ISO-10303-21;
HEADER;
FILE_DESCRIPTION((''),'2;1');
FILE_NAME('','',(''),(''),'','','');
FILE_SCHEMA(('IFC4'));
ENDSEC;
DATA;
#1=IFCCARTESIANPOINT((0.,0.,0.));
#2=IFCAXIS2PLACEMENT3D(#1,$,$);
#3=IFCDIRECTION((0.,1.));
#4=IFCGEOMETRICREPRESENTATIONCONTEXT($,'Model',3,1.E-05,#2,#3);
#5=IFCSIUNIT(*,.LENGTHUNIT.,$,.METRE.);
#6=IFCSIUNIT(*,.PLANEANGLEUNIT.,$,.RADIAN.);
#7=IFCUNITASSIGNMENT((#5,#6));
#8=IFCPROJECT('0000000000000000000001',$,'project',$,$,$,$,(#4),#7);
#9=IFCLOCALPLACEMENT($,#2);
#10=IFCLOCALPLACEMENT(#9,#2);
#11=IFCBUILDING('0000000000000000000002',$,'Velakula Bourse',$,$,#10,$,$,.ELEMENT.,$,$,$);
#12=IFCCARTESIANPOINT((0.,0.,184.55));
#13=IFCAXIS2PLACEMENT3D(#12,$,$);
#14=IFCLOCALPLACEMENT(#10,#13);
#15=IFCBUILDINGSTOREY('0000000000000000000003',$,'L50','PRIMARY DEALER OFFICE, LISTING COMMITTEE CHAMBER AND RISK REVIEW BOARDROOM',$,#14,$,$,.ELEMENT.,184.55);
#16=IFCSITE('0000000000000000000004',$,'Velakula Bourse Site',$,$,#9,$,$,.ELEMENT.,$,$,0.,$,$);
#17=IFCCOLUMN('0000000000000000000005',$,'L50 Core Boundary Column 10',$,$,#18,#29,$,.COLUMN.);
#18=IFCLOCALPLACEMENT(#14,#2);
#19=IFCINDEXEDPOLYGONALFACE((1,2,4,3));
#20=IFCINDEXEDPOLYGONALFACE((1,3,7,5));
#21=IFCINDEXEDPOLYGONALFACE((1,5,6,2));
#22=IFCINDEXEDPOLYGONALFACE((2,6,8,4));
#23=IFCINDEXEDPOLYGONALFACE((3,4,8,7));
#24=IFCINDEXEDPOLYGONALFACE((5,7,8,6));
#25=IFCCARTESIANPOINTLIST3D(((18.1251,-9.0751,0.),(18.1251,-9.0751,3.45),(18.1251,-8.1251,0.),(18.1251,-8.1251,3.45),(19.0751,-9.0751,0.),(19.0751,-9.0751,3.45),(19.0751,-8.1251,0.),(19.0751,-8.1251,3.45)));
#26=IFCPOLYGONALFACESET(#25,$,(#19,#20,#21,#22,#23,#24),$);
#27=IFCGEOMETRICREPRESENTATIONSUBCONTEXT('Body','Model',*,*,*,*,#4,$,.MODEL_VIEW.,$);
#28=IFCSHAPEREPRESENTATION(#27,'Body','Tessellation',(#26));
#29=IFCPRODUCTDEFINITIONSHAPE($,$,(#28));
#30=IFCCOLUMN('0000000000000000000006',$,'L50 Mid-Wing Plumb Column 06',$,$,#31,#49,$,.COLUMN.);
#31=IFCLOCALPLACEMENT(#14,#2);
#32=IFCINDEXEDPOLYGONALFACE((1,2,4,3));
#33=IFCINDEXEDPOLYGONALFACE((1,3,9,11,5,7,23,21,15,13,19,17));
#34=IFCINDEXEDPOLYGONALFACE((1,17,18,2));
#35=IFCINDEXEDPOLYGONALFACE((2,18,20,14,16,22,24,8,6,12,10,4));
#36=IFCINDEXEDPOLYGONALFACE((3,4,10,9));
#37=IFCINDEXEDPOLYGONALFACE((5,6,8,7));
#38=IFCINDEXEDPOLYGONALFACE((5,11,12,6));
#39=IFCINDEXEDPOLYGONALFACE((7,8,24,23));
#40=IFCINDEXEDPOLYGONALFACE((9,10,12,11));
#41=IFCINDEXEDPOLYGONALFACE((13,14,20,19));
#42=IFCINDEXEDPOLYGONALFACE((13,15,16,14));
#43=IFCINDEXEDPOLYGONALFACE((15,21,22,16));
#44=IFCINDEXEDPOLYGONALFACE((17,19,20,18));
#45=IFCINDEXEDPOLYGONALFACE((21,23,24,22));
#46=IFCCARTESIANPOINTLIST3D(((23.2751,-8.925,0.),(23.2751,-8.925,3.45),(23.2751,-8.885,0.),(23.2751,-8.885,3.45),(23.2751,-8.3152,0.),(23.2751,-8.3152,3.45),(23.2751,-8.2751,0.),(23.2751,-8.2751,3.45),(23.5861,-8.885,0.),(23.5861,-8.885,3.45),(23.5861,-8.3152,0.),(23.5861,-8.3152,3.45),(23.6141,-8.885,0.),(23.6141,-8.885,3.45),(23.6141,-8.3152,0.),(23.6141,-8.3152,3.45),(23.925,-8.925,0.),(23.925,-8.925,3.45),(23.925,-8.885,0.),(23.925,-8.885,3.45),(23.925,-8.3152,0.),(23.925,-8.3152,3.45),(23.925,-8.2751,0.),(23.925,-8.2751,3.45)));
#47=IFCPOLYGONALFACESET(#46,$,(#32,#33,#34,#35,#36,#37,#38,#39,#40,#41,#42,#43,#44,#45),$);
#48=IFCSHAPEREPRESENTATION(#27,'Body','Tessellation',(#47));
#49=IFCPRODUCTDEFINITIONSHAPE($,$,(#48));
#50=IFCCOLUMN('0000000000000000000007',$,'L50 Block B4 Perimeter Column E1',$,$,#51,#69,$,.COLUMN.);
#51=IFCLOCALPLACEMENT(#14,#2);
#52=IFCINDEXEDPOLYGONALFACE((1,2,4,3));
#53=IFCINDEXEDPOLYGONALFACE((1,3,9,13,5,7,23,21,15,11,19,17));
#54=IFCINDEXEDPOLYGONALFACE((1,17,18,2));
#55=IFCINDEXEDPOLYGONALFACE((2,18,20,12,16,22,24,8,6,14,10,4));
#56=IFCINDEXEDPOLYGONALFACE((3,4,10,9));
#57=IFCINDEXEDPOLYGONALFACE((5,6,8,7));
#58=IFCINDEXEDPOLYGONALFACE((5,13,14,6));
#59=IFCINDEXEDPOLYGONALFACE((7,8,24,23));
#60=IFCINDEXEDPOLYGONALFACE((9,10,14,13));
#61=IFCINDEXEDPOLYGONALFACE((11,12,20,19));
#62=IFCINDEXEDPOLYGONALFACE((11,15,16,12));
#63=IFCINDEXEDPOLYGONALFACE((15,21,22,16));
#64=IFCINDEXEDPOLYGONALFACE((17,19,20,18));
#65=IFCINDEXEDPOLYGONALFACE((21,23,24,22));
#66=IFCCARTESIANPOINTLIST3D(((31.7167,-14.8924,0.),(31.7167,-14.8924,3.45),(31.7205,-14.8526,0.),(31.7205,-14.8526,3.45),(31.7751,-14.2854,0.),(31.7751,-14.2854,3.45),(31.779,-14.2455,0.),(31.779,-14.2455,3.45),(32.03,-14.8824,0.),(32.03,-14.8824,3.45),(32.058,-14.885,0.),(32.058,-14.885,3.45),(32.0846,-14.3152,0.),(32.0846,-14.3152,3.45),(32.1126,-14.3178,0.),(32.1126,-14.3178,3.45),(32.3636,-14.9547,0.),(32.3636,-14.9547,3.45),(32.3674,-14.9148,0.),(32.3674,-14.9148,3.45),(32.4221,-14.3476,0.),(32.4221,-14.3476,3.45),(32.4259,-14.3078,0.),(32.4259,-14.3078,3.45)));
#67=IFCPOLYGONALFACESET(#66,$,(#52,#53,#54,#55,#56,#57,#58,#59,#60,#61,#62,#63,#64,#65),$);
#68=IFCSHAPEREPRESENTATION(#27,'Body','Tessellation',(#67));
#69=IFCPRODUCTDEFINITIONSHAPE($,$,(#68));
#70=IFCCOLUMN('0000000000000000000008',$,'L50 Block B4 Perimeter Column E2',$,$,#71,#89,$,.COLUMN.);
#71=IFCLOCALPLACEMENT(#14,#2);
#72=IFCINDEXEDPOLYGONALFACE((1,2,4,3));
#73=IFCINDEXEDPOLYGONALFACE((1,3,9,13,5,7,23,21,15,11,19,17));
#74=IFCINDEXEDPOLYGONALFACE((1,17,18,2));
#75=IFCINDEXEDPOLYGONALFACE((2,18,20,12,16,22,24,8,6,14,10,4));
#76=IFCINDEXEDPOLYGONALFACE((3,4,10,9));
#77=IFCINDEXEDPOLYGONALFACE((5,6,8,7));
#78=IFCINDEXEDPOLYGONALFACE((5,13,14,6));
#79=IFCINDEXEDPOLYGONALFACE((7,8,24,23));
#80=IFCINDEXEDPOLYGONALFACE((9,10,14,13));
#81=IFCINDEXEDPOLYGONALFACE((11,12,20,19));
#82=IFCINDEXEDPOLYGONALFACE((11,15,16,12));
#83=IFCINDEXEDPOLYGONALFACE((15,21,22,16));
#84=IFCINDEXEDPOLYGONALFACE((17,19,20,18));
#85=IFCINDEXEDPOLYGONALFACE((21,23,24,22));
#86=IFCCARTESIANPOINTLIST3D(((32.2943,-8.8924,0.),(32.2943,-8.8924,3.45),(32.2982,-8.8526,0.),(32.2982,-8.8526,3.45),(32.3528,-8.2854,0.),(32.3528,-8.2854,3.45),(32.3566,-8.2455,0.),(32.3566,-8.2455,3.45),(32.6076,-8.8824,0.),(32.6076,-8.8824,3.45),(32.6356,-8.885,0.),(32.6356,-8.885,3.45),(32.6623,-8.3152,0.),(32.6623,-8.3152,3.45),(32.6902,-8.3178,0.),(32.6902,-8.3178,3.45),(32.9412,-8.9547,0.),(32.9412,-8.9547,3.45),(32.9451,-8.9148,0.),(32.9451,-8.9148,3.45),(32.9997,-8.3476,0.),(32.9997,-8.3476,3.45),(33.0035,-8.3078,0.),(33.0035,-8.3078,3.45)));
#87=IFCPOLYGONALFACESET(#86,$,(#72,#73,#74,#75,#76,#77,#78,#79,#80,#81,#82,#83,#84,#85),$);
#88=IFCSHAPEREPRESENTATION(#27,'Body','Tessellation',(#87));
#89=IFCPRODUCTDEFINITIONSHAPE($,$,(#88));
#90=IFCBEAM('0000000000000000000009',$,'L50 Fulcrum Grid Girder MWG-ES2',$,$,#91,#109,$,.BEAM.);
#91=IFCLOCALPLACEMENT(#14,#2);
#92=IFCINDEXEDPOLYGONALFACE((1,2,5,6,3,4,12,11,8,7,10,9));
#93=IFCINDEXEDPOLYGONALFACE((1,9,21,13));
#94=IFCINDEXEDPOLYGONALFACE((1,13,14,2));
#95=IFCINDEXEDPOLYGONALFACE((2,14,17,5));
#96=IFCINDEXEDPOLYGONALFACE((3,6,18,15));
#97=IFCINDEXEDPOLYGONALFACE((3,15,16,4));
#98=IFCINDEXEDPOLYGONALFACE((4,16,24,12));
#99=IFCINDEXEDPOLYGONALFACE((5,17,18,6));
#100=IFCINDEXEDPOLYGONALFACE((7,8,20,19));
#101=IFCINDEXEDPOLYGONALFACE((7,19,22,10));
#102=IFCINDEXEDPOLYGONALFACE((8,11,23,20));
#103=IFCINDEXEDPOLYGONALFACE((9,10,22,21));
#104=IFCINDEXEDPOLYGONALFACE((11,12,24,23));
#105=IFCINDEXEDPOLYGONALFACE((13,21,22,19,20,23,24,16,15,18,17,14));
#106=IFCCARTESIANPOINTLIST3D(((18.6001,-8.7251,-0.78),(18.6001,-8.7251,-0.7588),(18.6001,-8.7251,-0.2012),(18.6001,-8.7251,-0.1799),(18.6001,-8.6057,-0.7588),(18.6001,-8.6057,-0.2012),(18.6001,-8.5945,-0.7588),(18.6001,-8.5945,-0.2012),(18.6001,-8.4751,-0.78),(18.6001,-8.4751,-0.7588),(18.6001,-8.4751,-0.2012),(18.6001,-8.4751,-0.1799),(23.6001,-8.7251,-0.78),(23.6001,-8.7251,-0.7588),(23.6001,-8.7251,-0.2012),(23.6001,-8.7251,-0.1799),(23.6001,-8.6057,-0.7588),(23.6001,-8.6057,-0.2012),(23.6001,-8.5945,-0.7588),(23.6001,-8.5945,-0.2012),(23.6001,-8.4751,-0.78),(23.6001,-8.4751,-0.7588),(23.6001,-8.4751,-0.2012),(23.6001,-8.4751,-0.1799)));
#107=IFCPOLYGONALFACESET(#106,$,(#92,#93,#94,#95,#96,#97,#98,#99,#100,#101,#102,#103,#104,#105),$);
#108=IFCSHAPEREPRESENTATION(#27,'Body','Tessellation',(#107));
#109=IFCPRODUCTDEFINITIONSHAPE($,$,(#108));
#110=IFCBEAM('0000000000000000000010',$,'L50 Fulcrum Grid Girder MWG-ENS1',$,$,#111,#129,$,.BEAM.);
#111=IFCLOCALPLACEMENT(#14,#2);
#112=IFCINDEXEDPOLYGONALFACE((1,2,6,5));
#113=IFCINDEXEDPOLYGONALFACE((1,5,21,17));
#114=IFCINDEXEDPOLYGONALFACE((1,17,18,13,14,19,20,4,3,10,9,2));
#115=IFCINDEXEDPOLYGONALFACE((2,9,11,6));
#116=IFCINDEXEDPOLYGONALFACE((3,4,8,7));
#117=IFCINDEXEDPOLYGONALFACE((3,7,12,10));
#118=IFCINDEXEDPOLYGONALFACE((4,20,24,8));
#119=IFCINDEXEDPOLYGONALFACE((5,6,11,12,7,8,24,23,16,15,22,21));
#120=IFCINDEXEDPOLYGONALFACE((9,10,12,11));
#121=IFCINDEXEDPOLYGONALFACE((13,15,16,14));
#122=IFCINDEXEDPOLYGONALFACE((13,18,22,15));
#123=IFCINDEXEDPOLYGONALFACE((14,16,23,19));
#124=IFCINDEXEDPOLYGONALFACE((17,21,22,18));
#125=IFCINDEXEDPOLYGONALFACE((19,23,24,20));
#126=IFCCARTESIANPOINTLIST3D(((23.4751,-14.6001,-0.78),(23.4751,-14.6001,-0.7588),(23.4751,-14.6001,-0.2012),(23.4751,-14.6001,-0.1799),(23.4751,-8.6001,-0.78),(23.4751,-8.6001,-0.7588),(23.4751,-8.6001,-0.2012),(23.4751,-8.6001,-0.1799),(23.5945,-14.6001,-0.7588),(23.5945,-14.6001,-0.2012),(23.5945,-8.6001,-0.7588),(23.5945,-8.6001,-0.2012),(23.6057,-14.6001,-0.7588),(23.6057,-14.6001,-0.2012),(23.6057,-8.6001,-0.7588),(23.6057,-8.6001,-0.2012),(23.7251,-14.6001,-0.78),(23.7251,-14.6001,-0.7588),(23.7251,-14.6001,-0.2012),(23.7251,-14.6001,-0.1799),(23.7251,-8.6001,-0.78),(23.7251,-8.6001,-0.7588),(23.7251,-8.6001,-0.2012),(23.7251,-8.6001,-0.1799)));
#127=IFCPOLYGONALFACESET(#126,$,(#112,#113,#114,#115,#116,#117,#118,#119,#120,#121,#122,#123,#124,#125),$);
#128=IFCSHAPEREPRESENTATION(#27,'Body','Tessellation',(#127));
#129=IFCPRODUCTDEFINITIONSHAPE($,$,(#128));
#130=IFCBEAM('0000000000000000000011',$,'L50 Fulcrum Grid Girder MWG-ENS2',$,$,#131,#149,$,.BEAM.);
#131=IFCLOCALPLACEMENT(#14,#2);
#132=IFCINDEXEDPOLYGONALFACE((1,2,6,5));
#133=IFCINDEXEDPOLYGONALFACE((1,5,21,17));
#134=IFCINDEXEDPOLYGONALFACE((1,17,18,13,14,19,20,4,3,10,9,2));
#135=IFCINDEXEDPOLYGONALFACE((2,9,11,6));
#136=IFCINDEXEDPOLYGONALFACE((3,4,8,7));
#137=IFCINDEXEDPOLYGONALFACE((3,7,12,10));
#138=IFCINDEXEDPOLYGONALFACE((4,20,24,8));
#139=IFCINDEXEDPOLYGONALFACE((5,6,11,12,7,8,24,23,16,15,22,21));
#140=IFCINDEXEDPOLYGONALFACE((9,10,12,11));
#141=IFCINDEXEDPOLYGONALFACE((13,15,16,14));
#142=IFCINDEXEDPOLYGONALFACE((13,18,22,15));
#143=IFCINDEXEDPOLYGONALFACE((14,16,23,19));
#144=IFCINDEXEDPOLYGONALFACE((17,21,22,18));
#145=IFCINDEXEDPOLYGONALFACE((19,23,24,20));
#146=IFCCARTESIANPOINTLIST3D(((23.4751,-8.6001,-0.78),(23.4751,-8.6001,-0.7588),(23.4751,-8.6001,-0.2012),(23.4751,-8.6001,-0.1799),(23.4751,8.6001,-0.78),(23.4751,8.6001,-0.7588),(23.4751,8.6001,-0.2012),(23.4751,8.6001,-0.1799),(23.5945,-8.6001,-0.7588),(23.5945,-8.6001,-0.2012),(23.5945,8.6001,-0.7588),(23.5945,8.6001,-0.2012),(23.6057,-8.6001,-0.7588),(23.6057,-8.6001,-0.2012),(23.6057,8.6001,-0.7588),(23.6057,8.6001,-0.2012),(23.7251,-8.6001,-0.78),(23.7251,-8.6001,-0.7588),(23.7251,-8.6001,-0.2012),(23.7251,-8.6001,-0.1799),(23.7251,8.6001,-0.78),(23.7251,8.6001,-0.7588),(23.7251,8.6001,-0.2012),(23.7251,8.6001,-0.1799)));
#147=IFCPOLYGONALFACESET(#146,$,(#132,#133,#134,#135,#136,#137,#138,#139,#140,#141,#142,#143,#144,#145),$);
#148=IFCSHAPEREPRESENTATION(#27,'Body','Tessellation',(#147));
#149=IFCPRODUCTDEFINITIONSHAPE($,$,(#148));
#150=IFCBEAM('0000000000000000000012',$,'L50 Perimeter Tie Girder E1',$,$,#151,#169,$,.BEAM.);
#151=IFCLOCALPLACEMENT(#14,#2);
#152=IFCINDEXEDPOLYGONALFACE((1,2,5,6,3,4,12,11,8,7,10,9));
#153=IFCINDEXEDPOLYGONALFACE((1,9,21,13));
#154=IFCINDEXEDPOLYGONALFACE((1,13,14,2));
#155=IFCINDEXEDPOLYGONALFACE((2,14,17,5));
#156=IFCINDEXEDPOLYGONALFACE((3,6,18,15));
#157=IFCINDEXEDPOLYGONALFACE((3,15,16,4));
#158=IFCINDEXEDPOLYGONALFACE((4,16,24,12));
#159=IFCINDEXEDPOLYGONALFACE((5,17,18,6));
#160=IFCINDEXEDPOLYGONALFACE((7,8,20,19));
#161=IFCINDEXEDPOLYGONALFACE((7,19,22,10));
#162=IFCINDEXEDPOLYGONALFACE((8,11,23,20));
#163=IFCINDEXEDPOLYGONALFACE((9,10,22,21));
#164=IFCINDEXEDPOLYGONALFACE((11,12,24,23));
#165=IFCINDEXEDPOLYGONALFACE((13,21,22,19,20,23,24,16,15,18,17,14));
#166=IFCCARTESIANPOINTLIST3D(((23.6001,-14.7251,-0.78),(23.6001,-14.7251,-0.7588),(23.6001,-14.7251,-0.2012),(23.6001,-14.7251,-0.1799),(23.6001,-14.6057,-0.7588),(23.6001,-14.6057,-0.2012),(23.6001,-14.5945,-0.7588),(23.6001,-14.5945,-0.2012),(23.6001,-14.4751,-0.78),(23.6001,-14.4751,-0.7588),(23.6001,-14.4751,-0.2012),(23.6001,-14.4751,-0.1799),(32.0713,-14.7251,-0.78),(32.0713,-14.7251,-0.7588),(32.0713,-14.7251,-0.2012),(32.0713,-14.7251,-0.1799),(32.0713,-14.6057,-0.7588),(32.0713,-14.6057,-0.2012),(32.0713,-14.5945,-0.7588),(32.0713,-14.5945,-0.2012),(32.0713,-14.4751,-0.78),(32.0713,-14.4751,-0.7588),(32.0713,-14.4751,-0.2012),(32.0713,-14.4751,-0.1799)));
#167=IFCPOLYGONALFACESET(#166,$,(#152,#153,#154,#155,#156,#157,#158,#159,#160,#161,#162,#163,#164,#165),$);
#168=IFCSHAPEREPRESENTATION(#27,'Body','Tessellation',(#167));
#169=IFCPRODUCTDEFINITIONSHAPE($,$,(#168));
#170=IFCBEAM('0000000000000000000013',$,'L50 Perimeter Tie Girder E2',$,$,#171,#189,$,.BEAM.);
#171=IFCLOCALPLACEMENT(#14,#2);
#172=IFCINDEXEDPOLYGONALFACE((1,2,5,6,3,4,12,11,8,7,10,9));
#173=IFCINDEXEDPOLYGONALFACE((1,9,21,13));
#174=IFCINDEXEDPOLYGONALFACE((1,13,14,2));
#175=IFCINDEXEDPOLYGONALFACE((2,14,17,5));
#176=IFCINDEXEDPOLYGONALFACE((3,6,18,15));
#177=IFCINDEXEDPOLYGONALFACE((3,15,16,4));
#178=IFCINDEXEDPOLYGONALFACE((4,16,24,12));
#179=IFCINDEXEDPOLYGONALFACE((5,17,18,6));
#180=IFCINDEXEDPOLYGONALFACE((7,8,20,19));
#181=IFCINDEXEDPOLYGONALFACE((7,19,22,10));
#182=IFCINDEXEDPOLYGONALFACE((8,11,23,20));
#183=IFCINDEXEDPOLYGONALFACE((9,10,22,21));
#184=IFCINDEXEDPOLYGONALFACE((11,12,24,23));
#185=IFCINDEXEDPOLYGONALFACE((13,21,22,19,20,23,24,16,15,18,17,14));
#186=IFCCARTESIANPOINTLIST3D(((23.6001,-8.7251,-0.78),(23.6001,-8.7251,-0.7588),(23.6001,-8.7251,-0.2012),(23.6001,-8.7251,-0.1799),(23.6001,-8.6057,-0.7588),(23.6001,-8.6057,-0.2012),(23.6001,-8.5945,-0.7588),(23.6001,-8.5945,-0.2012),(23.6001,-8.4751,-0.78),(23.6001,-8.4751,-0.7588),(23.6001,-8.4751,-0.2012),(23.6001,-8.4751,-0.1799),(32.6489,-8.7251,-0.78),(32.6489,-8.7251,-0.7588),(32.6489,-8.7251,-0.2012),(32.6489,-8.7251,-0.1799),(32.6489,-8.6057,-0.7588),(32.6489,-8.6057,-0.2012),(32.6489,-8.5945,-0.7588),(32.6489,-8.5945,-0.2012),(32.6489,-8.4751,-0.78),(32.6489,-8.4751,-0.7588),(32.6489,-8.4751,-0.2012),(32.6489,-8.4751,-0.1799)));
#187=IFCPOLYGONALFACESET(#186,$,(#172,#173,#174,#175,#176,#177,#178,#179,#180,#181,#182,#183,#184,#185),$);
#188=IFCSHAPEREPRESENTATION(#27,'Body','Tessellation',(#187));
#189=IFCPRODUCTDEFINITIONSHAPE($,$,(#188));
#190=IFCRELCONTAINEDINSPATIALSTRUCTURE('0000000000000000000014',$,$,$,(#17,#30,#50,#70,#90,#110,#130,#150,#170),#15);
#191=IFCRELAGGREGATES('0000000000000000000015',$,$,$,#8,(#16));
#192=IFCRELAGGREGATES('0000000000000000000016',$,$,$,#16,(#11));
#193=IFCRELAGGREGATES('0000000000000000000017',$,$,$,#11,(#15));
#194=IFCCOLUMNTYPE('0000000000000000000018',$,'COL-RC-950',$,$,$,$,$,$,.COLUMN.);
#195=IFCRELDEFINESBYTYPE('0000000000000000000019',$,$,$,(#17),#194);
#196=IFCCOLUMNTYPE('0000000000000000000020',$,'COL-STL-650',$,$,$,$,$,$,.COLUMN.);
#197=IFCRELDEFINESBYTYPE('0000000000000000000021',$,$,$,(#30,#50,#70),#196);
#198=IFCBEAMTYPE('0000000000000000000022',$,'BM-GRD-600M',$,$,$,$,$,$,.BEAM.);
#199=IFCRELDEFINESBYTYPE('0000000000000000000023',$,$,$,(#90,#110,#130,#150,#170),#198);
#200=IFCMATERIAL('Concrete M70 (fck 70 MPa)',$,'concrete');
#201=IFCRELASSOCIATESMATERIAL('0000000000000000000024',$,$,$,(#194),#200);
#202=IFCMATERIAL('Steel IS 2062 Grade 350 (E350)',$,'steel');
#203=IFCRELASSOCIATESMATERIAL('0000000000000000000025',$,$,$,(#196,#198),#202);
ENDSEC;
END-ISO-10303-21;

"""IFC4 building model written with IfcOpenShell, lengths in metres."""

from ifc_helpers import new_model, si_unit, direction, frame, origin, origin_2d, place, context, subcontext, project, spatial, rectangle, i_section, extrude, material, material_profile, profile_set, type_object, element, save


model = new_model("IFC4")

# Units and contexts
model_context = context("Model", 3, precision=1e-05, world=origin(), true_north=direction((0.0, 1.0)))
body_context = subcontext(model_context, "Body", "Model", "MODEL_VIEW")
ifc_project = project(units=[si_unit("LENGTHUNIT", "METRE"), si_unit("PLANEANGLEUNIT", "RADIAN")], contexts=[model_context])

# Site, building, storey
site_placement = place(None, origin())
site = spatial("IfcSite", under=ifc_project, at=site_placement, Name="Velakula Bourse Site", CompositionType="ELEMENT", RefElevation=0.0)
building_placement = place(site_placement, origin())
building = spatial("IfcBuilding", under=site, at=building_placement, Name="Velakula Bourse", CompositionType="ELEMENT")
storey_placement = place(building_placement, frame((0.0, 0.0, 184.55)))
storey = spatial("IfcBuildingStorey", under=building, at=storey_placement, Name="L50", Description="PRIMARY DEALER OFFICE, LISTING COMMITTEE CHAMBER AND RISK REVIEW BOARDROOM", CompositionType="ELEMENT", Elevation=184.55)

# Columns
ifc_material_1 = material(Name="Concrete M70 (fck 70 MPa)", Category="concrete")
ifc_material_profile_1 = material_profile(ifc_material_1, rectangle(XDim=0.95, YDim=0.95, at=origin_2d()), Name="Concrete M70 (fck 70 MPa)")
ifc_profile_set_1 = profile_set([ifc_material_profile_1], Name="Concrete M70 (fck 70 MPa)")
column_type_1 = type_object("IfcColumnType", Name="COL-RC-950", PredefinedType="COLUMN", material=ifc_profile_set_1)
column_placement = place(storey_placement, frame((18.6001, -8.6001, 0.0), z_axis=(0.0, 0.0, 1.0), x_axis=(1.0, 0.0, 0.0)))
element("IfcColumn", 1, at=column_placement, inside=storey, type_object=column_type_1, Name="L50 Core Boundary Column 10", PredefinedType="COLUMN", context=body_context, shape_type="SweptSolid", body=[
    extrude(rectangle(XDim=0.95, YDim=0.95, at=origin_2d()), origin(), (0.0, 0.0, 1.0), 3.45),
])
ifc_material_2 = material(Name="Steel IS 2062 Grade 350 (E350)", Category="steel")
ifc_material_profile_2 = material_profile(ifc_material_2, i_section(OverallWidth=0.6499, OverallDepth=0.6499, WebThickness=0.0281, FlangeThickness=0.04, at=origin_2d()), Name="Steel IS 2062 Grade 350 (E350)")
ifc_profile_set_2 = profile_set([ifc_material_profile_2], Name="Steel IS 2062 Grade 350 (E350)")
column_type_2 = type_object("IfcColumnType", Name="COL-STL-650", PredefinedType="COLUMN", material=ifc_profile_set_2)
for number, where, z_axis, x_axis, name in (
    (2, (23.6001, -8.6001, 0.0), (0.0, 0.0, 1.0), (1.0, 0.0, 0.0), "L50 Mid-Wing Plumb Column 06"),
    (3, (32.0713, -14.6001, 0.0), (0.0, 0.0, 1.0), (0.995396, -0.095846, 0.0), "L50 Block B4 Perimeter Column E1"),
    (4, (32.6489, -8.6001, 0.0), (0.0, 0.0, 1.0), (0.995396, -0.095846, 0.0), "L50 Block B4 Perimeter Column E2"),
):
    element("IfcColumn", number, at=place(storey_placement, frame(where, z_axis=z_axis, x_axis=x_axis)), inside=storey, type_object=column_type_2, Name=name, PredefinedType="COLUMN", context=body_context, shape_type="SweptSolid", body=[
        extrude(i_section(OverallWidth=0.6499, OverallDepth=0.6499, WebThickness=0.0281, FlangeThickness=0.04, at=origin_2d()), origin(), (0.0, 0.0, 1.0), 3.45),
    ])

# Beams
ifc_material_profile_3 = material_profile(ifc_material_2, i_section(OverallWidth=0.25, OverallDepth=0.6001, WebThickness=0.0112, FlangeThickness=0.0212, at=origin_2d()), Name="Steel IS 2062 Grade 350 (E350)")
ifc_profile_set_3 = profile_set([ifc_material_profile_3], Name="Steel IS 2062 Grade 350 (E350)")
beam_type_1 = type_object("IfcBeamType", Name="BM-GRD-600M", PredefinedType="BEAM", material=ifc_profile_set_3)
beam_1_placement = place(storey_placement, frame((18.6001, -8.6001, -0.48), z_axis=(1.0, 0.0, 0.0), x_axis=(0.0, 1.0, 0.0)))
element("IfcBeam", 5, at=beam_1_placement, inside=storey, type_object=beam_type_1, Name="L50 Fulcrum Grid Girder MWG-ES2", PredefinedType="BEAM", context=body_context, shape_type="SweptSolid", body=[
    extrude(i_section(OverallWidth=0.25, OverallDepth=0.6001, WebThickness=0.0112, FlangeThickness=0.0212, at=origin_2d()), origin(), (0.0, 0.0, 1.0), 5.0),
])
beam_2_placement = place(storey_placement, frame((23.6001, -14.6001, -0.48), z_axis=(0.0, 1.0, 0.0), x_axis=(-1.0, 0.0, 0.0)))
element("IfcBeam", 6, at=beam_2_placement, inside=storey, type_object=beam_type_1, Name="L50 Fulcrum Grid Girder MWG-ENS1", PredefinedType="BEAM", context=body_context, shape_type="SweptSolid", body=[
    extrude(i_section(OverallWidth=0.25, OverallDepth=0.6001, WebThickness=0.0112, FlangeThickness=0.0212, at=origin_2d()), origin(), (0.0, 0.0, 1.0), 6.0),
])
beam_3_placement = place(storey_placement, frame((23.6001, -8.6001, -0.48), z_axis=(0.0, 1.0, 0.0), x_axis=(-1.0, 0.0, 0.0)))
element("IfcBeam", 7, at=beam_3_placement, inside=storey, type_object=beam_type_1, Name="L50 Fulcrum Grid Girder MWG-ENS2", PredefinedType="BEAM", context=body_context, shape_type="SweptSolid", body=[
    extrude(i_section(OverallWidth=0.25, OverallDepth=0.6001, WebThickness=0.0112, FlangeThickness=0.0212, at=origin_2d()), origin(), (0.0, 0.0, 1.0), 17.2002),
])
beam_4_placement = place(storey_placement, frame((23.6001, -14.6001, -0.48), z_axis=(1.0, 0.0, 0.0), x_axis=(0.0, 1.0, 0.0)))
element("IfcBeam", 8, at=beam_4_placement, inside=storey, type_object=beam_type_1, Name="L50 Perimeter Tie Girder E1", PredefinedType="BEAM", context=body_context, shape_type="SweptSolid", body=[
    extrude(i_section(OverallWidth=0.25, OverallDepth=0.6001, WebThickness=0.0112, FlangeThickness=0.0212, at=origin_2d()), origin(), (0.0, 0.0, 1.0), 8.4712),
])
beam_5_placement = place(storey_placement, frame((23.6001, -8.6001, -0.48), z_axis=(1.0, 0.0, 0.0), x_axis=(0.0, 1.0, 0.0)))
element("IfcBeam", 9, at=beam_5_placement, inside=storey, type_object=beam_type_1, Name="L50 Perimeter Tie Girder E2", PredefinedType="BEAM", context=body_context, shape_type="SweptSolid", body=[
    extrude(i_section(OverallWidth=0.25, OverallDepth=0.6001, WebThickness=0.0112, FlangeThickness=0.0212, at=origin_2d()), origin(), (0.0, 0.0, 1.0), 9.0488),
])

save(model, "model.ifc")
